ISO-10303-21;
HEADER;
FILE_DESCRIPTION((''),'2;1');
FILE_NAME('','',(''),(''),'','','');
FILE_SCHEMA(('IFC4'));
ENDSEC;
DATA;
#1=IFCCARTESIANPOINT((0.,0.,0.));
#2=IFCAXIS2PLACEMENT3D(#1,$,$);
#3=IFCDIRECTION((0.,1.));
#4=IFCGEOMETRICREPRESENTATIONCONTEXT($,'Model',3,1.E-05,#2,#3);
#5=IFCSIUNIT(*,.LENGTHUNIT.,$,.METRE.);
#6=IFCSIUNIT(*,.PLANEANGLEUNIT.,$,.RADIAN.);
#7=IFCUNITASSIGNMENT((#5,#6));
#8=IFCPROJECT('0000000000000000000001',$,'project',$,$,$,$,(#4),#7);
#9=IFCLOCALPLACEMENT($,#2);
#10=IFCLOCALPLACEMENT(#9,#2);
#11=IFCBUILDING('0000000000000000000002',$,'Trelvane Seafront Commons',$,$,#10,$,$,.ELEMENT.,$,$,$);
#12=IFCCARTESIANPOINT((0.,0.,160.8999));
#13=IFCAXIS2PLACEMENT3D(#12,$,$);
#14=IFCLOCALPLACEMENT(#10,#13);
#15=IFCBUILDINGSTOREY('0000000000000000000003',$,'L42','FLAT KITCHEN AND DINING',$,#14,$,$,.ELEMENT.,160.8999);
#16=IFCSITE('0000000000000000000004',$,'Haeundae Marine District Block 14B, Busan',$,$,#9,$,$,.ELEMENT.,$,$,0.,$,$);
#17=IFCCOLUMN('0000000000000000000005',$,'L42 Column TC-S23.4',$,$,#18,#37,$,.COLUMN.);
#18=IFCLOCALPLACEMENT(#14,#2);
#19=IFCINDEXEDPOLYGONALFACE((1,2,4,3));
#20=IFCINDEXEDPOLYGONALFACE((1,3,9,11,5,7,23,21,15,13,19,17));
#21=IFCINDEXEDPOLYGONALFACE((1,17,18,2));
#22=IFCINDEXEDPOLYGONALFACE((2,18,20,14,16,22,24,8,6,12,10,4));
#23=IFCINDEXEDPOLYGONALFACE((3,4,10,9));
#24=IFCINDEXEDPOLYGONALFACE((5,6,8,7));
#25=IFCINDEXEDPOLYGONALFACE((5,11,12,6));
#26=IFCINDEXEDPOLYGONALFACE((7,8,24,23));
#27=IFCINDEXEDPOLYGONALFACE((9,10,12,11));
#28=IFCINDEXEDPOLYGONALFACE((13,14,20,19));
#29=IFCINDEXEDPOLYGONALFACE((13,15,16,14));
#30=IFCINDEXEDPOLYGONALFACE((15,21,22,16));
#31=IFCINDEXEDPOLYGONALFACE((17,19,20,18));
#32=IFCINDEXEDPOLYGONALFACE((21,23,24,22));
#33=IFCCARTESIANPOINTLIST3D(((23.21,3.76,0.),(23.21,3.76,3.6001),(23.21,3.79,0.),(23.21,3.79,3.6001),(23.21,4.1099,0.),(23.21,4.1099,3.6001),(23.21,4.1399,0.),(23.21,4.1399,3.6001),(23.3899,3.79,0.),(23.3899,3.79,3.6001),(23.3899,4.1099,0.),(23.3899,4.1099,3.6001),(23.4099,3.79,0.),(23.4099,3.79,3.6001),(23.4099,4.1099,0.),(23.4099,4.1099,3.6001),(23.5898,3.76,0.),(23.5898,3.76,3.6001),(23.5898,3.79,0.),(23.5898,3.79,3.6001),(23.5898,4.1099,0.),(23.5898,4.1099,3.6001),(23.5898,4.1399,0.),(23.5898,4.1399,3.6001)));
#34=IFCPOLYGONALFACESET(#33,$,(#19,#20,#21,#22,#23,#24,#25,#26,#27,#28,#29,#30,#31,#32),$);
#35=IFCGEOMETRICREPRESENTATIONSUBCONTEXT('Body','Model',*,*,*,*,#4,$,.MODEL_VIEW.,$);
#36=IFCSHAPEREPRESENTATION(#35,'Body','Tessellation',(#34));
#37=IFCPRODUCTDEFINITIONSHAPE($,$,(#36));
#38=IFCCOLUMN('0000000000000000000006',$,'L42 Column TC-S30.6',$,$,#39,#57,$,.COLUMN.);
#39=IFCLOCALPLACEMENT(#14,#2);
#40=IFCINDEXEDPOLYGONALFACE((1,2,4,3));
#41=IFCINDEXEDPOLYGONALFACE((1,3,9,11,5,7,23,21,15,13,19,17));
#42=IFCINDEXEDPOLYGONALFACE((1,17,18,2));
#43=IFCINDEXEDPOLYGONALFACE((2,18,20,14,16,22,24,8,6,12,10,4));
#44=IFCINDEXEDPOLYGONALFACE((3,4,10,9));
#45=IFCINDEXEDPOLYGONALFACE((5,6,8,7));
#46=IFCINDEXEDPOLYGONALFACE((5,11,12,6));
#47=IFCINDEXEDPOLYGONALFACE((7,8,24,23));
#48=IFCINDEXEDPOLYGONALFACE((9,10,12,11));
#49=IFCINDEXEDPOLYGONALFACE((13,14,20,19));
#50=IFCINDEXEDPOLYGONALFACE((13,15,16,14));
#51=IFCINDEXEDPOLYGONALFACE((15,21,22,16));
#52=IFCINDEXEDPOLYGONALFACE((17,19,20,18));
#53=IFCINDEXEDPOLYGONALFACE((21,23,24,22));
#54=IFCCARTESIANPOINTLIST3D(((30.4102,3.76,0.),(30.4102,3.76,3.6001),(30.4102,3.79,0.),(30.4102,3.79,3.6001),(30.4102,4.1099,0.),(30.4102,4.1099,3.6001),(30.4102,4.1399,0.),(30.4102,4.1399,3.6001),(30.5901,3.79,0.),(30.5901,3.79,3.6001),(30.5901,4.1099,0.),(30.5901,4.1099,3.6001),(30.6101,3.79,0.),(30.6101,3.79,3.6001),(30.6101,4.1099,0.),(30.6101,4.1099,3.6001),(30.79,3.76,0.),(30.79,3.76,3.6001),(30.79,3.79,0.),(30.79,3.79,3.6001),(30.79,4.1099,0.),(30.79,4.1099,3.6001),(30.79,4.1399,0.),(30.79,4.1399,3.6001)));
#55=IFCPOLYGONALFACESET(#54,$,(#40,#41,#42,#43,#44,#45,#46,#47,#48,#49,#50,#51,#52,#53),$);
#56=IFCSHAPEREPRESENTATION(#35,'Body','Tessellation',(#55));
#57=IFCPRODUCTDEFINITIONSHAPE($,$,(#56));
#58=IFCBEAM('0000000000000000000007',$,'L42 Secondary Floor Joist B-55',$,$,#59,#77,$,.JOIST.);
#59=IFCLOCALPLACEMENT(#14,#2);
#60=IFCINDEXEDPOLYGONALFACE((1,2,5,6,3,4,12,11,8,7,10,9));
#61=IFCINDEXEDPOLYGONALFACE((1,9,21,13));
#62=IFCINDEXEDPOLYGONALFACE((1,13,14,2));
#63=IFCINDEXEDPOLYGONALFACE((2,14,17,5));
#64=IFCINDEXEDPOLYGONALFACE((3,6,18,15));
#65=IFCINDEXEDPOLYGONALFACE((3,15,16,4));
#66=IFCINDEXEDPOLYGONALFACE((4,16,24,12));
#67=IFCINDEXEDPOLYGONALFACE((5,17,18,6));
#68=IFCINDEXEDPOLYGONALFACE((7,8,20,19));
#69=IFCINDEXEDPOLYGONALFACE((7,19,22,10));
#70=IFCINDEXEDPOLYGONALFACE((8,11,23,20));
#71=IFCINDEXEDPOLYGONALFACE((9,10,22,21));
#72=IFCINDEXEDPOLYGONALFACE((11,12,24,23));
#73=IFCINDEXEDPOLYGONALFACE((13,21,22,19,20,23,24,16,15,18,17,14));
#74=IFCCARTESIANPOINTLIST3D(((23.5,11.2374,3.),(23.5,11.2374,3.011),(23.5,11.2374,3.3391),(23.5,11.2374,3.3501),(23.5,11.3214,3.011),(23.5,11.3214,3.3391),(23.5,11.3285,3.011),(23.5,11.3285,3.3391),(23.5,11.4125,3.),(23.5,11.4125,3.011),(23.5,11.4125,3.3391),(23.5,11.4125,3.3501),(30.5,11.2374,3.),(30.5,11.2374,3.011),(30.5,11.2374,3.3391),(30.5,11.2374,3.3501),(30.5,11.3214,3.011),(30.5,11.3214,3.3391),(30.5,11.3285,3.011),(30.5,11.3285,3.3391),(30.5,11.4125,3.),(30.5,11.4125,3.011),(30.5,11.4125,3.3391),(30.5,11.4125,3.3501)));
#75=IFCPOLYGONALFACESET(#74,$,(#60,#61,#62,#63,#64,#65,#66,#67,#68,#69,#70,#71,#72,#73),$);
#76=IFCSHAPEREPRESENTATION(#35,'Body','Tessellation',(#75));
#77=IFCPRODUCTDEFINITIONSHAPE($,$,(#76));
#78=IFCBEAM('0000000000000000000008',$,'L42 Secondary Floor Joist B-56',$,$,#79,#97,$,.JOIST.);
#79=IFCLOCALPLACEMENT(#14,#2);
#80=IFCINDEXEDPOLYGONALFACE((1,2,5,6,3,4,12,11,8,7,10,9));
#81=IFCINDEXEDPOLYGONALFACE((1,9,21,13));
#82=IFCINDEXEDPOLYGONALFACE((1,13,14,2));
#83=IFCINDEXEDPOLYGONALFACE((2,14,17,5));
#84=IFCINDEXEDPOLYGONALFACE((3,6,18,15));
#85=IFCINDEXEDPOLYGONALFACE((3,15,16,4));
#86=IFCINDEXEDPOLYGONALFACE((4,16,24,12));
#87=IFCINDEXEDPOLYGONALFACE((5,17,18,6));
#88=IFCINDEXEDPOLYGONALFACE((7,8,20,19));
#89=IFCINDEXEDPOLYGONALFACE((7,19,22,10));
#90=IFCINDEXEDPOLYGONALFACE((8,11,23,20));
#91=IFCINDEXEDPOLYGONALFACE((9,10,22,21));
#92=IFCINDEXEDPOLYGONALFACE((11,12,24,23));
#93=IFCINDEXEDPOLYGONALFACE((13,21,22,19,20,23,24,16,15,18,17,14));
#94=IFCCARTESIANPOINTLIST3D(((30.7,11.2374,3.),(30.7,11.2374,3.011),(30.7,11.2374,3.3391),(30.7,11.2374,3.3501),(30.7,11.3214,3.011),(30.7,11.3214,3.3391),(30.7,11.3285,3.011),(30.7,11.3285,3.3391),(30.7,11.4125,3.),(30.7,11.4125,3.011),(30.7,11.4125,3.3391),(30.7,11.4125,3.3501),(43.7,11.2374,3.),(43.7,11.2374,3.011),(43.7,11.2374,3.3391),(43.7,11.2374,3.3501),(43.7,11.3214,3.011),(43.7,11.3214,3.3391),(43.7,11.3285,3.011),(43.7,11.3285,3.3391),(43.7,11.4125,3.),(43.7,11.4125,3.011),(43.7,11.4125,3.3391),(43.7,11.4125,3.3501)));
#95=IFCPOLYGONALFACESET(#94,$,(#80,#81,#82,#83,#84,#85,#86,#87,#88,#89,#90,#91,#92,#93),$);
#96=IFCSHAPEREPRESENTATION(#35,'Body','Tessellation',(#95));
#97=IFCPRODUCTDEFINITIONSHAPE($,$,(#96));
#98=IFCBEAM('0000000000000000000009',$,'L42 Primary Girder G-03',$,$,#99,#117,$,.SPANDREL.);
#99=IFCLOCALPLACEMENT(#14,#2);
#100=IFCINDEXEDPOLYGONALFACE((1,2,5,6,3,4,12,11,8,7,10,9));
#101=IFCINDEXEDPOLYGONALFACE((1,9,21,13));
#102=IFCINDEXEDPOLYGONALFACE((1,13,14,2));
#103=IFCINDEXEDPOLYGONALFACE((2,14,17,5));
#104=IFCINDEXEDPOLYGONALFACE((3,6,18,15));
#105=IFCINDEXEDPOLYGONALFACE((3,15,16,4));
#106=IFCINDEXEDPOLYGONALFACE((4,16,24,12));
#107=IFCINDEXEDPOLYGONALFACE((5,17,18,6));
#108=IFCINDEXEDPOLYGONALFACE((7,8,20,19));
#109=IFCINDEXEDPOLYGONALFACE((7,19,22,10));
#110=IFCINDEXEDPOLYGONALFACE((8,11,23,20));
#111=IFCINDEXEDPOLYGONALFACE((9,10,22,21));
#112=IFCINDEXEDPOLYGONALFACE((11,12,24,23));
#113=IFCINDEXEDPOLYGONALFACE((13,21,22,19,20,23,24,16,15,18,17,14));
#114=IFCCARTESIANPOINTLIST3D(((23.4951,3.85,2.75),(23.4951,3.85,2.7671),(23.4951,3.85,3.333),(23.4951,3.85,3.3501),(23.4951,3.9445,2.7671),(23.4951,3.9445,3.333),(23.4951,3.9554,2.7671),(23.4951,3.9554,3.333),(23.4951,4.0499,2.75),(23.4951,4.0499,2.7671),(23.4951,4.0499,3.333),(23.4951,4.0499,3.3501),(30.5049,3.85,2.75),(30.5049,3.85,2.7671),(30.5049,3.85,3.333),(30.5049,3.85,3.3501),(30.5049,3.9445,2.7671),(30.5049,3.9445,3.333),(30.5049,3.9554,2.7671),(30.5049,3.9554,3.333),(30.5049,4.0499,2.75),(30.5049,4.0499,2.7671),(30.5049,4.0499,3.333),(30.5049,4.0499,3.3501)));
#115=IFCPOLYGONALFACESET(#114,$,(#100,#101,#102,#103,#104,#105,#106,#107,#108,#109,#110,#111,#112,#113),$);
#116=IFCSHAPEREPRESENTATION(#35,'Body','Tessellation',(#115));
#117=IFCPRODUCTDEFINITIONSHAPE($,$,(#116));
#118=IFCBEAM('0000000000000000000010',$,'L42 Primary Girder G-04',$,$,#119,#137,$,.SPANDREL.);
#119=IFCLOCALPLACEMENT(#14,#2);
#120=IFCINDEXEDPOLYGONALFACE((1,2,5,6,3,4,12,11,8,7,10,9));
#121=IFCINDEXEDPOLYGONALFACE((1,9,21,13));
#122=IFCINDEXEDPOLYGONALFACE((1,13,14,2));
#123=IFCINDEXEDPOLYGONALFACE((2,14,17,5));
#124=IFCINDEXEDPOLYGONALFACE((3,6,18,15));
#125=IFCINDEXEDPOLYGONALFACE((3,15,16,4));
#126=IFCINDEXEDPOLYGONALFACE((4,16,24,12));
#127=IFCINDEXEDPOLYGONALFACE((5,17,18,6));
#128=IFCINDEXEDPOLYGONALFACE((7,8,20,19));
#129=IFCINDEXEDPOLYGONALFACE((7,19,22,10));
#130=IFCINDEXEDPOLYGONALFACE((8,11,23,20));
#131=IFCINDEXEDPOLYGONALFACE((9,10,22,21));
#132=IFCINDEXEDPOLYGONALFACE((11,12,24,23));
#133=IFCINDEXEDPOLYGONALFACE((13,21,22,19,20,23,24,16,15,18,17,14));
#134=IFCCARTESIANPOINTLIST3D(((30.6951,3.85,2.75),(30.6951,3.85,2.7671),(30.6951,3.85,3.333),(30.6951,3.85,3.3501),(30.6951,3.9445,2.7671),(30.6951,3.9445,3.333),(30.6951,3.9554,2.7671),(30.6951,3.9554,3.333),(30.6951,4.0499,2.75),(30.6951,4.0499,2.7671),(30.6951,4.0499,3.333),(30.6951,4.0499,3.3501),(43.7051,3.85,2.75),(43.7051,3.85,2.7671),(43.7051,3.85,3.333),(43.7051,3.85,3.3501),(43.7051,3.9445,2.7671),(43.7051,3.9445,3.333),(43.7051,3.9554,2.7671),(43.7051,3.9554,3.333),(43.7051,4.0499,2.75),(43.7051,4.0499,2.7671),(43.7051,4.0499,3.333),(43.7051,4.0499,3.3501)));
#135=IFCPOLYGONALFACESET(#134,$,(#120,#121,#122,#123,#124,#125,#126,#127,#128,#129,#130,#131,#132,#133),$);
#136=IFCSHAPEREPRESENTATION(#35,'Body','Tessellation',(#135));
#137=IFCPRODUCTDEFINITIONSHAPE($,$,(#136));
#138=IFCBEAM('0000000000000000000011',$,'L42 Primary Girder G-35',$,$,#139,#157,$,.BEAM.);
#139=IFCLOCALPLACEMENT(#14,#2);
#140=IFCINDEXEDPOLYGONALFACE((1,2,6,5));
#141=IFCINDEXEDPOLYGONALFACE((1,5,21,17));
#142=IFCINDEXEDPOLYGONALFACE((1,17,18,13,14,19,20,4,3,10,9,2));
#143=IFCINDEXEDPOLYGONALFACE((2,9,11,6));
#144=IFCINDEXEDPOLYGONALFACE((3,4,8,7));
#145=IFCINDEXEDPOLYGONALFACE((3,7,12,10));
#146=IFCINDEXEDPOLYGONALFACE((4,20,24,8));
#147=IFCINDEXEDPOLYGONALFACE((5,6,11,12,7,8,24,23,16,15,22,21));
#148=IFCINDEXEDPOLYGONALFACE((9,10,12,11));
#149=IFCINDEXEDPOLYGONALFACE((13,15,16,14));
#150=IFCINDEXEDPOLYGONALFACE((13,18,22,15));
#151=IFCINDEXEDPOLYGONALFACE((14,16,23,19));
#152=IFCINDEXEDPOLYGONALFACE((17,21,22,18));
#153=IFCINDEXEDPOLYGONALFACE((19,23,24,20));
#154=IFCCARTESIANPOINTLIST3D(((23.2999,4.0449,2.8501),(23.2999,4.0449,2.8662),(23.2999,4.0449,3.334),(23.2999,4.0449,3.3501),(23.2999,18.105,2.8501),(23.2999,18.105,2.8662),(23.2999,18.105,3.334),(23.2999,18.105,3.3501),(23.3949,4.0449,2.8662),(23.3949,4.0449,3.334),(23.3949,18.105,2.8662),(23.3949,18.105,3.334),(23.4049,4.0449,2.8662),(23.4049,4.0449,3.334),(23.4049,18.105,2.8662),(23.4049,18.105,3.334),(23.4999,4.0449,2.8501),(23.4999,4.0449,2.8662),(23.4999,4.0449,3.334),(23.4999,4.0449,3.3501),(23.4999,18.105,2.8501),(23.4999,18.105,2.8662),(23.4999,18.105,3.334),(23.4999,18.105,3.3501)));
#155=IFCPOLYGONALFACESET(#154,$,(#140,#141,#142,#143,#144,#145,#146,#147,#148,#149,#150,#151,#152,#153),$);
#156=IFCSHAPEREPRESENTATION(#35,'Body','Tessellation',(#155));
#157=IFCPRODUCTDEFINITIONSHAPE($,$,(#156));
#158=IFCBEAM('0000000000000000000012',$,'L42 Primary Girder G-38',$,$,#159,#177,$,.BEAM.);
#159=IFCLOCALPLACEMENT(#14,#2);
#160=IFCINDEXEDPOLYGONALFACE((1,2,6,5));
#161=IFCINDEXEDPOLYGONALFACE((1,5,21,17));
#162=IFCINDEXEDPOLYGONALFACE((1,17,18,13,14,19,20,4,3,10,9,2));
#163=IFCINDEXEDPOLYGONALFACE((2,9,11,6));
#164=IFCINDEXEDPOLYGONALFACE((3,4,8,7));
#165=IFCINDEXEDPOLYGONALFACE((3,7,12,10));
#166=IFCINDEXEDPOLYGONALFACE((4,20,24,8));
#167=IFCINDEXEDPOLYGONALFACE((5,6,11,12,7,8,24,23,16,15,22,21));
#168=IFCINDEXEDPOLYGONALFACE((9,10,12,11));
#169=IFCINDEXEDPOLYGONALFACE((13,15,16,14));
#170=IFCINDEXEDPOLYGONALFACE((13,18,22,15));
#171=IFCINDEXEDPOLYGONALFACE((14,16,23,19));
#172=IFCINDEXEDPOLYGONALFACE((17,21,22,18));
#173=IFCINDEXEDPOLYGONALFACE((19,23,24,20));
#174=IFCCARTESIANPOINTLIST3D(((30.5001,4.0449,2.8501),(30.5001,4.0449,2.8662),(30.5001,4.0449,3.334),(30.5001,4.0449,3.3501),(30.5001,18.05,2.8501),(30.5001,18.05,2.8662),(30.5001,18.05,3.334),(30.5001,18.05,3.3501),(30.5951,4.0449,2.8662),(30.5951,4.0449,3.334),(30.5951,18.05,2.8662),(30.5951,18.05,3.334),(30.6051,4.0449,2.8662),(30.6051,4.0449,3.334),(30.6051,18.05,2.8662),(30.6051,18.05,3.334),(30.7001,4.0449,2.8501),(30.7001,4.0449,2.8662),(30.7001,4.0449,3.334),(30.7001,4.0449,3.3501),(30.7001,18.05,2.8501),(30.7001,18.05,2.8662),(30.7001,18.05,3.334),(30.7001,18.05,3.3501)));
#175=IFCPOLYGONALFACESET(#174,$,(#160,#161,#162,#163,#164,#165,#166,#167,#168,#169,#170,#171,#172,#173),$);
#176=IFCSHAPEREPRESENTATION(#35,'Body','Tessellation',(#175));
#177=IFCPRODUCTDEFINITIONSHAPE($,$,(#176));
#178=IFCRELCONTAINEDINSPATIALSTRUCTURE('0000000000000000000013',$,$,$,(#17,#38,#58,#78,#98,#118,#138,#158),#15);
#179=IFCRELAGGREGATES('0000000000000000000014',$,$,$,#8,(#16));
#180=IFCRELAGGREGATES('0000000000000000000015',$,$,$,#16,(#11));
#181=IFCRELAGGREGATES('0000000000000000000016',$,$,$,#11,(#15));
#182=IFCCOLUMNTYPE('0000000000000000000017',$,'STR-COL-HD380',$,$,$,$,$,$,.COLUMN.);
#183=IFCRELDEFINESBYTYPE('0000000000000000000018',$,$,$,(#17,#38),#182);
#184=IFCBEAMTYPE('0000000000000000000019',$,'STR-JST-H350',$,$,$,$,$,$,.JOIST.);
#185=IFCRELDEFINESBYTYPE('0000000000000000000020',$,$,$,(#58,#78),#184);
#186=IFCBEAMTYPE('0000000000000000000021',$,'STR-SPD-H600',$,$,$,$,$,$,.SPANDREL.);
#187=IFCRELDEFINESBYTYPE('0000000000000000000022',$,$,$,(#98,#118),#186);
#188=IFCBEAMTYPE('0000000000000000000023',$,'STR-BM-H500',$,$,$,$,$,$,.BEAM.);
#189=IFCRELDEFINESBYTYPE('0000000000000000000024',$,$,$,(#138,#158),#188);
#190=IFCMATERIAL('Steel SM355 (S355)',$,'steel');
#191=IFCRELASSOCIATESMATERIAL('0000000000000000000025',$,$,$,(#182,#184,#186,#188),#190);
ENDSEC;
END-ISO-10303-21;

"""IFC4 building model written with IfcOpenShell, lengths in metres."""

from ifc_helpers import new_model, si_unit, direction, frame, origin, origin_2d, place, context, subcontext, project, spatial, i_section, extrude, source, transform, mapped, material, material_profile, profile_set, type_object, element, save


model = new_model("IFC4")

# Units and contexts
model_context = context("Model", 3, precision=1e-05, world=origin(), true_north=direction((0.0, 1.0)))
body_context = subcontext(model_context, "Body", "Model", "MODEL_VIEW")
ifc_project = project(units=[si_unit("LENGTHUNIT", "METRE"), si_unit("PLANEANGLEUNIT", "RADIAN")], contexts=[model_context])

# Site, building, storey
site_placement = place(None, origin())
site = spatial("IfcSite", under=ifc_project, at=site_placement, Name="Haeundae Marine District Block 14B, Busan", CompositionType="ELEMENT", RefElevation=0.0)
building_placement = place(site_placement, origin())
building = spatial("IfcBuilding", under=site, at=building_placement, Name="Trelvane Seafront Commons", CompositionType="ELEMENT")
storey_placement = place(building_placement, frame((0.0, 0.0, 160.8999)))
storey = spatial("IfcBuildingStorey", under=building, at=storey_placement, Name="L42", Description="FLAT KITCHEN AND DINING", CompositionType="ELEMENT", Elevation=160.8999)

# Columns
ifc_material_1 = material(Name="Steel SM355 (S355)", Category="steel")
ifc_material_profile_1 = material_profile(ifc_material_1, i_section(OverallWidth=0.3799, OverallDepth=0.3799, WebThickness=0.02, FlangeThickness=0.03, at=origin_2d()), Name="HD-380x380x20x30")
ifc_profile_set_1 = profile_set([ifc_material_profile_1], Name="Steel SM355 (S355)")
column_type = type_object("IfcColumnType", Name="STR-COL-HD380", PredefinedType="COLUMN", material=ifc_profile_set_1)
shared_shape_1 = source(origin(), body_context, "Body", "SweptSolid", [
    extrude(i_section(OverallWidth=0.3799, OverallDepth=0.3799, WebThickness=0.02, FlangeThickness=0.03, at=origin_2d()), origin(), (0.0, 0.0, 1.0), 3.6001),
])
for number, where, z_axis, x_axis, name in (
    (1, (23.3999, 3.95, 0.0), (0.0, 0.0, 1.0), (1.0, 0.0, 0.0), "L42 Column TC-S23.4"),
    (2, (30.6001, 3.95, 0.0), (0.0, 0.0, 1.0), (1.0, 0.0, 0.0), "L42 Column TC-S30.6"),
):
    element("IfcColumn", number, at=place(storey_placement, frame(where, z_axis=z_axis, x_axis=x_axis)), inside=storey, type_object=column_type, Name=name, PredefinedType="COLUMN", context=body_context, shape_type="MappedRepresentation", body=[
        mapped(shared_shape_1, transform((0.0, 0.0, 0.0), x_axis=(1.0, 0.0, 0.0), y_axis=(0.0, 1.0, 0.0), z_axis=(0.0, 0.0, 1.0), scale=1.0)),
    ])

# Beams
ifc_material_profile_2 = material_profile(ifc_material_1, i_section(OverallWidth=0.175, OverallDepth=0.3501, WebThickness=0.0071, FlangeThickness=0.011, at=origin_2d()), Name="H-350x175x7x11")
ifc_profile_set_2 = profile_set([ifc_material_profile_2], Name="Steel SM355 (S355)")
beam_type_1 = type_object("IfcBeamType", Name="STR-JST-H350", PredefinedType="JOIST", material=ifc_profile_set_2)
shared_shape_2 = source(origin(), body_context, "Body", "SweptSolid", [
    extrude(i_section(OverallWidth=0.175, OverallDepth=0.3501, WebThickness=0.0071, FlangeThickness=0.011, at=origin_2d()), origin(), (0.0, 0.0, 1.0), 7.0),
])
beam_1_placement = place(storey_placement, frame((23.5, 11.325, 3.175), z_axis=(1.0, 0.0, 0.0), x_axis=(0.0, 1.0, 0.0)))
element("IfcBeam", 3, at=beam_1_placement, inside=storey, type_object=beam_type_1, Name="L42 Secondary Floor Joist B-55", PredefinedType="JOIST", context=body_context, shape_type="MappedRepresentation", body=[
    mapped(shared_shape_2, transform((0.0, 0.0, 0.0), x_axis=(1.0, 0.0, 0.0), y_axis=(0.0, 1.0, 0.0), z_axis=(0.0, 0.0, 1.0), scale=1.0)),
])
shared_shape_3 = source(origin(), body_context, "Body", "SweptSolid", [
    extrude(i_section(OverallWidth=0.175, OverallDepth=0.3501, WebThickness=0.0071, FlangeThickness=0.011, at=origin_2d()), origin(), (0.0, 0.0, 1.0), 13.0),
])
beam_2_placement = place(storey_placement, frame((30.7, 11.325, 3.175), z_axis=(1.0, 0.0, 0.0), x_axis=(0.0, 1.0, 0.0)))
element("IfcBeam", 4, at=beam_2_placement, inside=storey, type_object=beam_type_1, Name="L42 Secondary Floor Joist B-56", PredefinedType="JOIST", context=body_context, shape_type="MappedRepresentation", body=[
    mapped(shared_shape_3, transform((0.0, 0.0, 0.0), x_axis=(1.0, 0.0, 0.0), y_axis=(0.0, 1.0, 0.0), z_axis=(0.0, 0.0, 1.0), scale=1.0)),
])
ifc_material_profile_3 = material_profile(ifc_material_1, i_section(OverallWidth=0.2, OverallDepth=0.6001, WebThickness=0.011, FlangeThickness=0.0171, at=origin_2d()), Name="H-600x200x11x17")
ifc_profile_set_3 = profile_set([ifc_material_profile_3], Name="Steel SM355 (S355)")
beam_type_2 = type_object("IfcBeamType", Name="STR-SPD-H600", PredefinedType="SPANDREL", material=ifc_profile_set_3)
shared_shape_4 = source(origin(), body_context, "Body", "SweptSolid", [
    extrude(i_section(OverallWidth=0.2, OverallDepth=0.6001, WebThickness=0.011, FlangeThickness=0.0171, at=origin_2d()), origin(), (0.0, 0.0, 1.0), 7.0098),
])
beam_3_placement = place(storey_placement, frame((23.4951, 3.95, 3.05), z_axis=(1.0, 0.0, 0.0), x_axis=(0.0, 1.0, 0.0)))
element("IfcBeam", 5, at=beam_3_placement, inside=storey, type_object=beam_type_2, Name="L42 Primary Girder G-03", PredefinedType="SPANDREL", context=body_context, shape_type="MappedRepresentation", body=[
    mapped(shared_shape_4, transform((0.0, 0.0, 0.0), x_axis=(1.0, 0.0, 0.0), y_axis=(0.0, 1.0, 0.0), z_axis=(0.0, 0.0, 1.0), scale=1.0)),
])
shared_shape_5 = source(origin(), body_context, "Body", "SweptSolid", [
    extrude(i_section(OverallWidth=0.2, OverallDepth=0.6001, WebThickness=0.011, FlangeThickness=0.0171, at=origin_2d()), origin(), (0.0, 0.0, 1.0), 13.01),
])
beam_4_placement = place(storey_placement, frame((30.6951, 3.95, 3.05), z_axis=(1.0, 0.0, 0.0), x_axis=(0.0, 1.0, 0.0)))
element("IfcBeam", 6, at=beam_4_placement, inside=storey, type_object=beam_type_2, Name="L42 Primary Girder G-04", PredefinedType="SPANDREL", context=body_context, shape_type="MappedRepresentation", body=[
    mapped(shared_shape_5, transform((0.0, 0.0, 0.0), x_axis=(1.0, 0.0, 0.0), y_axis=(0.0, 1.0, 0.0), z_axis=(0.0, 0.0, 1.0), scale=1.0)),
])
ifc_material_profile_4 = material_profile(ifc_material_1, i_section(OverallWidth=0.2, OverallDepth=0.5, WebThickness=0.01, FlangeThickness=0.0161, at=origin_2d()), Name="H-500x200x10x16")
ifc_profile_set_4 = profile_set([ifc_material_profile_4], Name="Steel SM355 (S355)")
beam_type_3 = type_object("IfcBeamType", Name="STR-BM-H500", PredefinedType="BEAM", material=ifc_profile_set_4)
shared_shape_6 = source(origin(), body_context, "Body", "SweptSolid", [
    extrude(i_section(OverallWidth=0.2, OverallDepth=0.5, WebThickness=0.01, FlangeThickness=0.0161, at=origin_2d()), origin(), (0.0, 0.0, 1.0), 14.0601),
])
beam_5_placement = place(storey_placement, frame((23.3999, 4.0449, 3.1001), z_axis=(0.0, 1.0, 0.0), x_axis=(-1.0, 0.0, 0.0)))
element("IfcBeam", 7, at=beam_5_placement, inside=storey, type_object=beam_type_3, Name="L42 Primary Girder G-35", PredefinedType="BEAM", context=body_context, shape_type="MappedRepresentation", body=[
    mapped(shared_shape_6, transform((0.0, 0.0, 0.0), x_axis=(1.0, 0.0, 0.0), y_axis=(0.0, 1.0, 0.0), z_axis=(0.0, 0.0, 1.0), scale=1.0)),
])
shared_shape_7 = source(origin(), body_context, "Body", "SweptSolid", [
    extrude(i_section(OverallWidth=0.2, OverallDepth=0.5, WebThickness=0.01, FlangeThickness=0.0161, at=origin_2d()), origin(), (0.0, 0.0, 1.0), 14.0051),
])
beam_6_placement = place(storey_placement, frame((30.6001, 4.0449, 3.1001), z_axis=(0.0, 1.0, 0.0), x_axis=(-1.0, 0.0, 0.0)))
element("IfcBeam", 8, at=beam_6_placement, inside=storey, type_object=beam_type_3, Name="L42 Primary Girder G-38", PredefinedType="BEAM", context=body_context, shape_type="MappedRepresentation", body=[
    mapped(shared_shape_7, transform((0.0, 0.0, 0.0), x_axis=(1.0, 0.0, 0.0), y_axis=(0.0, 1.0, 0.0), z_axis=(0.0, 0.0, 1.0), scale=1.0)),
])

save(model, "model.ifc")
